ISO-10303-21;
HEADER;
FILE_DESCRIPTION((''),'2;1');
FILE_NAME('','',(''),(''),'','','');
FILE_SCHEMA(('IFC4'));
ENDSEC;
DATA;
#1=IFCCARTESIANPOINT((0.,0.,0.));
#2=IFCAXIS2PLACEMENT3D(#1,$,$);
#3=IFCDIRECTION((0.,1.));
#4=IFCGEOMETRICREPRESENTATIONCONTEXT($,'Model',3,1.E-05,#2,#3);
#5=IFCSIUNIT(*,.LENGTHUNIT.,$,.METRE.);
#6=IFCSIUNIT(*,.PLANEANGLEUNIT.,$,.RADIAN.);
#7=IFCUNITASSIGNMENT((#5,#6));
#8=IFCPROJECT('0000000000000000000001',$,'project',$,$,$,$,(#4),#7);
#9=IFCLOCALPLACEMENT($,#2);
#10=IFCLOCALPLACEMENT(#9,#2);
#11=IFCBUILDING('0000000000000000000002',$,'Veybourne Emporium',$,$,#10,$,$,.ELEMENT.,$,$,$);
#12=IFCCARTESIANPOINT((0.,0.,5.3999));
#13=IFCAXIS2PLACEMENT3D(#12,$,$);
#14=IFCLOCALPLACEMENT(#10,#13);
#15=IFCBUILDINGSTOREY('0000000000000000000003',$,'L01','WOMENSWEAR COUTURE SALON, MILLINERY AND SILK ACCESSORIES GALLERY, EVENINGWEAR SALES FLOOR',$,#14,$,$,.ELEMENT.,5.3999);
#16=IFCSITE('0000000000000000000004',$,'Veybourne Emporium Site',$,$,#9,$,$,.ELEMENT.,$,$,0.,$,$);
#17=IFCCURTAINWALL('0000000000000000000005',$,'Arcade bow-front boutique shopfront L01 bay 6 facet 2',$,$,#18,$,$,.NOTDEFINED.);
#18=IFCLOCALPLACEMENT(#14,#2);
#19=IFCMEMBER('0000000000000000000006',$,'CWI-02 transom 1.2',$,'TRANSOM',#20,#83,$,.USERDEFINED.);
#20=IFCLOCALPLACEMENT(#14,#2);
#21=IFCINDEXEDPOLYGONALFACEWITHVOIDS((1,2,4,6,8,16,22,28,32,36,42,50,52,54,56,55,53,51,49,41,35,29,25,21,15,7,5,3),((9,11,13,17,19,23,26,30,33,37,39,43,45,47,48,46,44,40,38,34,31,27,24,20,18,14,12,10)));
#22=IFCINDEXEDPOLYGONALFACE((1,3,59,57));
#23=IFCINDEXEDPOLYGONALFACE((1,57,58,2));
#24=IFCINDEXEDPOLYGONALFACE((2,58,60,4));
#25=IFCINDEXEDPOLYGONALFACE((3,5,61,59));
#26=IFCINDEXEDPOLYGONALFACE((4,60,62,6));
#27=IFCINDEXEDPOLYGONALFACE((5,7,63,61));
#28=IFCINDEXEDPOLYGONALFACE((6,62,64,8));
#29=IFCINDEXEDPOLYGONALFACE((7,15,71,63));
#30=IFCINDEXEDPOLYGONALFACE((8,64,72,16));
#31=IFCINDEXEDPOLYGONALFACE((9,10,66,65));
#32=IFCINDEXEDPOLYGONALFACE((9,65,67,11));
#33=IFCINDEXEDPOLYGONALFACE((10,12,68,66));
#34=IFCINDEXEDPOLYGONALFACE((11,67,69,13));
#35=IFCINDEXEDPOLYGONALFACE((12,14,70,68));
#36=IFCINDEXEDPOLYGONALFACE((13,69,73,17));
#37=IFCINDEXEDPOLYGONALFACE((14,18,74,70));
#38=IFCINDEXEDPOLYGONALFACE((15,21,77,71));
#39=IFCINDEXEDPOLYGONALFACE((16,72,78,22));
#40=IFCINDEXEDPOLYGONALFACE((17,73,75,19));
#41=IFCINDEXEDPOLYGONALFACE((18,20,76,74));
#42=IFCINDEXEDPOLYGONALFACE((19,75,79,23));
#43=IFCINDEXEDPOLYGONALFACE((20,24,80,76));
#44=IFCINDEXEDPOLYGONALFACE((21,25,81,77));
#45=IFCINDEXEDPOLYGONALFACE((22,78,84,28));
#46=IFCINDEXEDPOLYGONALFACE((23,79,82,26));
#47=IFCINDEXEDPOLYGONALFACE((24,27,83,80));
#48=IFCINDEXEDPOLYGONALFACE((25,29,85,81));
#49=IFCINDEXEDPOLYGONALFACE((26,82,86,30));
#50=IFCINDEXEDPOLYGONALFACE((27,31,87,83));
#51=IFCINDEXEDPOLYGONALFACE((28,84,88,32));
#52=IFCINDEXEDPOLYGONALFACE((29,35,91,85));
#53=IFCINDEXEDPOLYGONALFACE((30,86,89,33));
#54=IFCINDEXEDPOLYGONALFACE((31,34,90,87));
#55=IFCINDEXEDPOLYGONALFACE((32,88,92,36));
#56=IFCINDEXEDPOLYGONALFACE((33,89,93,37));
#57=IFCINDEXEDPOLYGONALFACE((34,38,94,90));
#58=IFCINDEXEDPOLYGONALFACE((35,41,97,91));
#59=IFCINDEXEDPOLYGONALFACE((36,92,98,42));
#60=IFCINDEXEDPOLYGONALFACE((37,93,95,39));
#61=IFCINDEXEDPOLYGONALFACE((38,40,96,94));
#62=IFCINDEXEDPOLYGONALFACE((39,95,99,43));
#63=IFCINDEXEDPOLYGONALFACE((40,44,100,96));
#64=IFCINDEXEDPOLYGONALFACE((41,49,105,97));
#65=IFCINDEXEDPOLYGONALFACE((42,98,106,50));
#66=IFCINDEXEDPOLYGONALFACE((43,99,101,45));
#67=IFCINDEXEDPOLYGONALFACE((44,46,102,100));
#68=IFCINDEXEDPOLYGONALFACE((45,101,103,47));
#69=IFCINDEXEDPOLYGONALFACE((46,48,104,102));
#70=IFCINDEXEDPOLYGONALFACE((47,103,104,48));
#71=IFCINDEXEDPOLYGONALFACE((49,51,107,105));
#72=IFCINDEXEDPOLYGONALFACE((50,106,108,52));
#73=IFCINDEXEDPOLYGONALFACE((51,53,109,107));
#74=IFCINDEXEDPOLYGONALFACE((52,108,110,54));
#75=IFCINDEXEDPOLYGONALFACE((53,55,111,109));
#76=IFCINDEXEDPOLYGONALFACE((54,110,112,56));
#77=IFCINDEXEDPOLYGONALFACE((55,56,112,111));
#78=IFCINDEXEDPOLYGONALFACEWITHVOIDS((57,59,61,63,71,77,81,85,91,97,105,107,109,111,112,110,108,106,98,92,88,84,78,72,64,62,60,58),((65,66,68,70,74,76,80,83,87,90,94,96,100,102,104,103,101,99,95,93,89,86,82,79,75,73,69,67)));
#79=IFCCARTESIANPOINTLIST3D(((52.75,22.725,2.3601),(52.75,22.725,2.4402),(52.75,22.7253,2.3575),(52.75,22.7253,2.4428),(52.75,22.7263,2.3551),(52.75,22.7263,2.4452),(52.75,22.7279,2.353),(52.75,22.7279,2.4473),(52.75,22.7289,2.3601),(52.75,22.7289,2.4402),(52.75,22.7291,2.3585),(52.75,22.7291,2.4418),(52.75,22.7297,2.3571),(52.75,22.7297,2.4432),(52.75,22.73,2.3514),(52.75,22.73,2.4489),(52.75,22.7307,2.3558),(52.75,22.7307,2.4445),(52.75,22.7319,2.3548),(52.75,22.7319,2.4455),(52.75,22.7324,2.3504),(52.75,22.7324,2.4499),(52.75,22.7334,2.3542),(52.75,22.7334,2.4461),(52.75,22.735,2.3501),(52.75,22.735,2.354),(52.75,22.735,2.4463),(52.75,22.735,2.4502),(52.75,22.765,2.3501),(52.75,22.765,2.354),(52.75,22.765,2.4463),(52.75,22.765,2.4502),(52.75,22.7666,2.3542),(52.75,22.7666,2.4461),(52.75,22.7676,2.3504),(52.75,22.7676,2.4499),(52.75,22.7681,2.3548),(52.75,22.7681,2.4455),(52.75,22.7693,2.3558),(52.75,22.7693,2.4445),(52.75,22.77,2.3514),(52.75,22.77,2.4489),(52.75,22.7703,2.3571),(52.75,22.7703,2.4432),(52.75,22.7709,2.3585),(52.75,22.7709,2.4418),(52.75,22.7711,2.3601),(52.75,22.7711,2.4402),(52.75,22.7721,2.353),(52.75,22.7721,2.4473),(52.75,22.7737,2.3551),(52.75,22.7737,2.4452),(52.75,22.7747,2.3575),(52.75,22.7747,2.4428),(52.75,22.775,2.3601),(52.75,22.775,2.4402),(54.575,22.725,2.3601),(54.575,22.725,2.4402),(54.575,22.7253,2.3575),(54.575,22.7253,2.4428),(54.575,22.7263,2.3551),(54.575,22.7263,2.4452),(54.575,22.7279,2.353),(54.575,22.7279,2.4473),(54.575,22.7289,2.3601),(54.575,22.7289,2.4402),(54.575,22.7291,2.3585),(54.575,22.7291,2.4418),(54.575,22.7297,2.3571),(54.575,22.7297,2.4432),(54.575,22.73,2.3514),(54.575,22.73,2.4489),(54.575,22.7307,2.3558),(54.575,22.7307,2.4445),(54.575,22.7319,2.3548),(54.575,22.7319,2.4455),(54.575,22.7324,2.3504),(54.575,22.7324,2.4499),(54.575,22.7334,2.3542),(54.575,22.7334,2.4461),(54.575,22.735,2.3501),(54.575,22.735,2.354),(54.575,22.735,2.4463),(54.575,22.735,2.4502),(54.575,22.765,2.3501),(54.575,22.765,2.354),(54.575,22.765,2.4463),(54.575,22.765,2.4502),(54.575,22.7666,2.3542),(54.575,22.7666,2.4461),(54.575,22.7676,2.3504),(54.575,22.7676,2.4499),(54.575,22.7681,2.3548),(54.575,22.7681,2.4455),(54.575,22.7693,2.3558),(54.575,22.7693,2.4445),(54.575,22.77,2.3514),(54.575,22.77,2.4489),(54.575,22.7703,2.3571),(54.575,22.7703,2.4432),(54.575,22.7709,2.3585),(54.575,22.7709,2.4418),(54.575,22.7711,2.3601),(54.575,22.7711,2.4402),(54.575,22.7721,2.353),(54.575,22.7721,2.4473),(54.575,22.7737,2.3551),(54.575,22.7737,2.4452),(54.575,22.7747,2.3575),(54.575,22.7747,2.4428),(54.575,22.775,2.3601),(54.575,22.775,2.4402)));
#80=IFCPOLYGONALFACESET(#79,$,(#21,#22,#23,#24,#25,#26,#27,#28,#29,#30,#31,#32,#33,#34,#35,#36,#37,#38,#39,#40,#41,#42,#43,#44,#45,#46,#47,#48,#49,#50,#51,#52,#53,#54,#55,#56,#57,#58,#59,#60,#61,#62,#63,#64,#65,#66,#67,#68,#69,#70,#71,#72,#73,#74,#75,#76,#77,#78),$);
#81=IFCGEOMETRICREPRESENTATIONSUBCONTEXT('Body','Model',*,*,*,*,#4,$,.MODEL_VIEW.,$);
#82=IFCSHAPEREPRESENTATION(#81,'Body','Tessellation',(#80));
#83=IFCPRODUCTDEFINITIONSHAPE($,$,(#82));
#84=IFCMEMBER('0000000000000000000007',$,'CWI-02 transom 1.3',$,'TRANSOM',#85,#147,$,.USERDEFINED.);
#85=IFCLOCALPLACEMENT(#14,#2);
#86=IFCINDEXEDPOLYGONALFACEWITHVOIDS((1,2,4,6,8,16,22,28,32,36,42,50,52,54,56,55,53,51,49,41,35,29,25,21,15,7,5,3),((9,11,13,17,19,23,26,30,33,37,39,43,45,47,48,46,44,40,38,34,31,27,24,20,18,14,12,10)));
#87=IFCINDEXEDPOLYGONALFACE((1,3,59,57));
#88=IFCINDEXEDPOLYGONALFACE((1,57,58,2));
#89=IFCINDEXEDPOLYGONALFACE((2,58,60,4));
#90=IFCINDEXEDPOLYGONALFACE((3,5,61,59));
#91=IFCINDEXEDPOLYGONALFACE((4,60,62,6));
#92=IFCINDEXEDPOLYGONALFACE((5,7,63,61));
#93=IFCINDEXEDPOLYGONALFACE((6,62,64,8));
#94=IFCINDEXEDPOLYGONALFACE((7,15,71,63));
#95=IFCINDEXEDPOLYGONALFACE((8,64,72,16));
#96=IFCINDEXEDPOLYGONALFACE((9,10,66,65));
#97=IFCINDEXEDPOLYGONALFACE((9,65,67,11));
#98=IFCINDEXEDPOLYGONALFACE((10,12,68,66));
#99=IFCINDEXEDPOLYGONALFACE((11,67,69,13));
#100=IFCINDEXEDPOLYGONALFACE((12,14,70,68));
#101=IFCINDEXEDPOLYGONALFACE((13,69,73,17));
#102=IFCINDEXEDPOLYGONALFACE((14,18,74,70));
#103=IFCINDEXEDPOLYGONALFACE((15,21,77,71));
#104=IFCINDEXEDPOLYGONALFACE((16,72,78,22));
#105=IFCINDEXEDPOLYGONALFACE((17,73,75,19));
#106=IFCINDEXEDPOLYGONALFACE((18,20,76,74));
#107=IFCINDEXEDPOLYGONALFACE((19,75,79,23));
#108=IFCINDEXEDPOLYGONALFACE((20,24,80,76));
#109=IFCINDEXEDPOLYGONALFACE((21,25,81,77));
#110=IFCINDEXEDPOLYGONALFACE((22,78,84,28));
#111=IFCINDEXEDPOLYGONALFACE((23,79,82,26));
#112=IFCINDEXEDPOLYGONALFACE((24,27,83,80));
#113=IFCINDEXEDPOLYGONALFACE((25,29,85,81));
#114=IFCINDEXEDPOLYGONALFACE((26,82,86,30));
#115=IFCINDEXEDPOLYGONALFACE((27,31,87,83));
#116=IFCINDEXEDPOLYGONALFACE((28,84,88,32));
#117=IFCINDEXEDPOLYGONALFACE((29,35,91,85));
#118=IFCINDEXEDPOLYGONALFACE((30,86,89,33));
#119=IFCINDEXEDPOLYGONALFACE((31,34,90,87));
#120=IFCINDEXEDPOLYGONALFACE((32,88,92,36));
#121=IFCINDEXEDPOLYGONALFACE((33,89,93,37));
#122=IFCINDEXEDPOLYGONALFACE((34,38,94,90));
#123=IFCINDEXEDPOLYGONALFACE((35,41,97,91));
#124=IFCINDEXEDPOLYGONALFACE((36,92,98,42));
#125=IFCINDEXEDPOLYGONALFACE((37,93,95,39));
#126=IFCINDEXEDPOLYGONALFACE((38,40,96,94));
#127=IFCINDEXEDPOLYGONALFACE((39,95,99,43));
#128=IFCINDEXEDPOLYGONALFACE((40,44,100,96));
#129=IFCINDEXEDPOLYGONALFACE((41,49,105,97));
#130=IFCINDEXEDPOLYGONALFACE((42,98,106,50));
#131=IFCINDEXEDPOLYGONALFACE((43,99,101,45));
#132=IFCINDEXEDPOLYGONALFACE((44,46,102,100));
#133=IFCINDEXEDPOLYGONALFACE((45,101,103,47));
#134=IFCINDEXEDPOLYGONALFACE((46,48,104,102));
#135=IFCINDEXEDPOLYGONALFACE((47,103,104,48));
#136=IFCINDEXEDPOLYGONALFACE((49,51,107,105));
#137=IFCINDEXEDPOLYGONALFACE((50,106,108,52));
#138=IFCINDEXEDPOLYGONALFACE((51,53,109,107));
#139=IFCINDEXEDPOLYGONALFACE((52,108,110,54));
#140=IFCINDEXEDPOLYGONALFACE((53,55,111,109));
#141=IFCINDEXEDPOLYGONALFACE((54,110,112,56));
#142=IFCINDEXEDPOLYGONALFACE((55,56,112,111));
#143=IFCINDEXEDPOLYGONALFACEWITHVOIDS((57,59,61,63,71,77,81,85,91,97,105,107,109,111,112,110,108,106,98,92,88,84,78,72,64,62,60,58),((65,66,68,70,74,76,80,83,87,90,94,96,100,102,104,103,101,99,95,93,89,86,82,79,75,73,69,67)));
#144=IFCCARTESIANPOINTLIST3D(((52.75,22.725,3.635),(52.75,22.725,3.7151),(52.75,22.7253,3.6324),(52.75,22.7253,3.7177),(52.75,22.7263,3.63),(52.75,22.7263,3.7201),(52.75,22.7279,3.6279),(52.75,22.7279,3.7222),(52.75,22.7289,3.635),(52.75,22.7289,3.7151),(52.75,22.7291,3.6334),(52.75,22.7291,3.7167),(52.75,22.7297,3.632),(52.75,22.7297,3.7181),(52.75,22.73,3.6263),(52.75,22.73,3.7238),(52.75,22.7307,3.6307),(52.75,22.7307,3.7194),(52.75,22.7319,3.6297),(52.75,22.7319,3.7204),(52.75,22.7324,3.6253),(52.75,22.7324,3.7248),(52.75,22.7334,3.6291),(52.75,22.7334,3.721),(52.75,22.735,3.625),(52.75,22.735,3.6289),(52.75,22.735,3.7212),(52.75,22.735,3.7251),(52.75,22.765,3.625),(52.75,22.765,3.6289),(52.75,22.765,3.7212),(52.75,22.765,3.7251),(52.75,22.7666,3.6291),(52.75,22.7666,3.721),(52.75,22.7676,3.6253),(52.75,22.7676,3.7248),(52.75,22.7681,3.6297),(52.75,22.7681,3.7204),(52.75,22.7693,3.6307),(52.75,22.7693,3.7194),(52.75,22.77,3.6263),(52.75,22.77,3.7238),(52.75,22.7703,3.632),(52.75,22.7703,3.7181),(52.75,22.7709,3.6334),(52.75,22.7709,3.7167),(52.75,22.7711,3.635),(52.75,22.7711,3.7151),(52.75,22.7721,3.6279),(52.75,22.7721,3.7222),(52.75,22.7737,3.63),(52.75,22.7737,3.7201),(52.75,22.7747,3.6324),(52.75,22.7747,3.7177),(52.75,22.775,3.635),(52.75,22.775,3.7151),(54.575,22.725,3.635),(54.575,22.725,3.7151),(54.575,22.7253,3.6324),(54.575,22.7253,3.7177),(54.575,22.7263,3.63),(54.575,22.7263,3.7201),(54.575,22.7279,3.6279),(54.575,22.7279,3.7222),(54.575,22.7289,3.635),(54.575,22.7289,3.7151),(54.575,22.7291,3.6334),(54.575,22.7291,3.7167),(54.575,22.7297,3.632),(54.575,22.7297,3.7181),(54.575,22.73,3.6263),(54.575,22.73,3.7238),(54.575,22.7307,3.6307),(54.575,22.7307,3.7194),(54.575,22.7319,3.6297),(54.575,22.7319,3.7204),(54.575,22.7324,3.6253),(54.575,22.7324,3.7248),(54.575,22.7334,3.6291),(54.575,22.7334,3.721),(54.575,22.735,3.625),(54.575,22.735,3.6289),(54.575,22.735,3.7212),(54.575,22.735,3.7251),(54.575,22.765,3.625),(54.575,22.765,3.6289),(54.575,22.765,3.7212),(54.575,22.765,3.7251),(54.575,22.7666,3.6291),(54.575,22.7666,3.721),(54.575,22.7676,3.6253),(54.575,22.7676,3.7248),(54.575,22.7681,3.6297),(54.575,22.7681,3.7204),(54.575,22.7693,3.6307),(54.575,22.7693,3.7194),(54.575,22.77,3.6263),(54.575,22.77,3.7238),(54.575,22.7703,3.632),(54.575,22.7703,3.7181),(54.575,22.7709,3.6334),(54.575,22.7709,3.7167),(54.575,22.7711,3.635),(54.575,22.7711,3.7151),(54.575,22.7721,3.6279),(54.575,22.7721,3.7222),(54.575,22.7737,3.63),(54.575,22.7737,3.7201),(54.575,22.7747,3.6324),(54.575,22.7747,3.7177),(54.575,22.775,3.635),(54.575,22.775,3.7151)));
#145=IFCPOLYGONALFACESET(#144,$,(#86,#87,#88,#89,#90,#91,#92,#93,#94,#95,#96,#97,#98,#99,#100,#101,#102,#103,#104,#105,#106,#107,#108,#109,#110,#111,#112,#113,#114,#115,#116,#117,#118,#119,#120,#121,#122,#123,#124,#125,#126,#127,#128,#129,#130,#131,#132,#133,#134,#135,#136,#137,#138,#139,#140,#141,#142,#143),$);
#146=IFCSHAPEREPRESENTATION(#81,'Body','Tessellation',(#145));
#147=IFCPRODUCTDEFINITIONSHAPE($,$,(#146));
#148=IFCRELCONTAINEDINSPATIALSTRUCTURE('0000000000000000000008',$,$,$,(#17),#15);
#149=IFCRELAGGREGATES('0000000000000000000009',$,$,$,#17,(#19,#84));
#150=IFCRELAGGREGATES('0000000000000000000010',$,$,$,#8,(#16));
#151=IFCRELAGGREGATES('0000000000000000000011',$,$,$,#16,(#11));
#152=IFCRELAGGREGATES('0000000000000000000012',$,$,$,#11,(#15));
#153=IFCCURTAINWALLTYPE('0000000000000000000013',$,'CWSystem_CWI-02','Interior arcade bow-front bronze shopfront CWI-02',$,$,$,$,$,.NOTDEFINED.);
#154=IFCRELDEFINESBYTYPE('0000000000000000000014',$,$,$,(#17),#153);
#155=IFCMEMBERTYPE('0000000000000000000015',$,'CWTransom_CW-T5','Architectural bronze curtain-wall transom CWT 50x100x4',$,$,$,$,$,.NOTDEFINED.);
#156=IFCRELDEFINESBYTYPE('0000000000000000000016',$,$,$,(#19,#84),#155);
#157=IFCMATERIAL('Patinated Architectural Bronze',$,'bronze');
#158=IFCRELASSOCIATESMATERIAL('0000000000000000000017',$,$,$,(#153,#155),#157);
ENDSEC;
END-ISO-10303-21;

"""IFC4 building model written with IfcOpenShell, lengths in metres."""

from ifc_helpers import new_model, si_unit, direction, frame, origin, origin_2d, place, context, subcontext, project, spatial, hollow_rectangle, extrude, material, material_profile, profile_set, type_object, element, aggregate, save


model = new_model("IFC4")

# Units and contexts
model_context = context("Model", 3, precision=1e-05, world=origin(), true_north=direction((0.0, 1.0)))
body_context = subcontext(model_context, "Body", "Model", "MODEL_VIEW")
ifc_project = project(units=[si_unit("LENGTHUNIT", "METRE"), si_unit("PLANEANGLEUNIT", "RADIAN")], contexts=[model_context])

# Site, building, storey
site_placement = place(None, origin())
site = spatial("IfcSite", under=ifc_project, at=site_placement, Name="Veybourne Emporium Site", CompositionType="ELEMENT", RefElevation=0.0)
building_placement = place(site_placement, origin())
building = spatial("IfcBuilding", under=site, at=building_placement, Name="Veybourne Emporium", CompositionType="ELEMENT")
storey_placement = place(building_placement, frame((0.0, 0.0, 5.3999)))
storey = spatial("IfcBuildingStorey", under=building, at=storey_placement, Name="L01", Description="WOMENSWEAR COUTURE SALON, MILLINERY AND SILK ACCESSORIES GALLERY, EVENINGWEAR SALES FLOOR", CompositionType="ELEMENT", Elevation=5.3999)

# Curtain wall
ifc_material_1 = material(Name="Patinated Architectural Bronze", Category="bronze")
curtain_wall_type_1 = type_object("IfcCurtainWallType", Name="CWSystem_CWI-02", Description="Interior arcade bow-front bronze shopfront CWI-02", PredefinedType="NOTDEFINED", material=ifc_material_1)
curtain_wall_1_placement = place(storey_placement, origin())
curtain_wall_1 = element("IfcCurtainWall", 1, at=curtain_wall_1_placement, inside=storey, type_object=curtain_wall_type_1, Name="Arcade bow-front boutique shopfront L01 bay 6 facet 2", PredefinedType="NOTDEFINED")

# Members
ifc_material_profile_1 = material_profile(ifc_material_1, hollow_rectangle(XDim=0.05, YDim=0.1001, WallThickness=0.0039, InnerFilletRadius=0.0061, OuterFilletRadius=0.01, at=origin_2d()), Name="CWT 50x100x4")
ifc_profile_set_1 = profile_set([ifc_material_profile_1], Name="Patinated Architectural Bronze")
member_type_1 = type_object("IfcMemberType", Name="CWTransom_CW-T5", Description="Architectural bronze curtain-wall transom CWT 50x100x4", PredefinedType="NOTDEFINED", material=ifc_profile_set_1)
member_1_placement = place(storey_placement, frame((52.75, 22.75, 2.4001), z_axis=(1.0, 0.0, 0.0), x_axis=(0.0, 1.0, 0.0)))
member_1 = element("IfcMember", 2, at=member_1_placement, type_object=member_type_1, Name="CWI-02 transom 1.2", ObjectType="TRANSOM", PredefinedType="USERDEFINED", context=body_context, shape_type="SweptSolid", body=[
    extrude(hollow_rectangle(XDim=0.05, YDim=0.1001, WallThickness=0.0039, InnerFilletRadius=0.0061, OuterFilletRadius=0.01, at=origin_2d()), origin(), (0.0, 0.0, 1.0), 1.825),
])
member_2_placement = place(storey_placement, frame((52.75, 22.75, 3.675), z_axis=(1.0, 0.0, 0.0), x_axis=(0.0, 1.0, 0.0)))
member_2 = element("IfcMember", 3, at=member_2_placement, type_object=member_type_1, Name="CWI-02 transom 1.3", ObjectType="TRANSOM", PredefinedType="USERDEFINED", context=body_context, shape_type="SweptSolid", body=[
    extrude(hollow_rectangle(XDim=0.05, YDim=0.1001, WallThickness=0.0039, InnerFilletRadius=0.0061, OuterFilletRadius=0.01, at=origin_2d()), origin(), (0.0, 0.0, 1.0), 1.825),
])

aggregate(curtain_wall_1, [member_1, member_2])

save(model, "model.ifc")
